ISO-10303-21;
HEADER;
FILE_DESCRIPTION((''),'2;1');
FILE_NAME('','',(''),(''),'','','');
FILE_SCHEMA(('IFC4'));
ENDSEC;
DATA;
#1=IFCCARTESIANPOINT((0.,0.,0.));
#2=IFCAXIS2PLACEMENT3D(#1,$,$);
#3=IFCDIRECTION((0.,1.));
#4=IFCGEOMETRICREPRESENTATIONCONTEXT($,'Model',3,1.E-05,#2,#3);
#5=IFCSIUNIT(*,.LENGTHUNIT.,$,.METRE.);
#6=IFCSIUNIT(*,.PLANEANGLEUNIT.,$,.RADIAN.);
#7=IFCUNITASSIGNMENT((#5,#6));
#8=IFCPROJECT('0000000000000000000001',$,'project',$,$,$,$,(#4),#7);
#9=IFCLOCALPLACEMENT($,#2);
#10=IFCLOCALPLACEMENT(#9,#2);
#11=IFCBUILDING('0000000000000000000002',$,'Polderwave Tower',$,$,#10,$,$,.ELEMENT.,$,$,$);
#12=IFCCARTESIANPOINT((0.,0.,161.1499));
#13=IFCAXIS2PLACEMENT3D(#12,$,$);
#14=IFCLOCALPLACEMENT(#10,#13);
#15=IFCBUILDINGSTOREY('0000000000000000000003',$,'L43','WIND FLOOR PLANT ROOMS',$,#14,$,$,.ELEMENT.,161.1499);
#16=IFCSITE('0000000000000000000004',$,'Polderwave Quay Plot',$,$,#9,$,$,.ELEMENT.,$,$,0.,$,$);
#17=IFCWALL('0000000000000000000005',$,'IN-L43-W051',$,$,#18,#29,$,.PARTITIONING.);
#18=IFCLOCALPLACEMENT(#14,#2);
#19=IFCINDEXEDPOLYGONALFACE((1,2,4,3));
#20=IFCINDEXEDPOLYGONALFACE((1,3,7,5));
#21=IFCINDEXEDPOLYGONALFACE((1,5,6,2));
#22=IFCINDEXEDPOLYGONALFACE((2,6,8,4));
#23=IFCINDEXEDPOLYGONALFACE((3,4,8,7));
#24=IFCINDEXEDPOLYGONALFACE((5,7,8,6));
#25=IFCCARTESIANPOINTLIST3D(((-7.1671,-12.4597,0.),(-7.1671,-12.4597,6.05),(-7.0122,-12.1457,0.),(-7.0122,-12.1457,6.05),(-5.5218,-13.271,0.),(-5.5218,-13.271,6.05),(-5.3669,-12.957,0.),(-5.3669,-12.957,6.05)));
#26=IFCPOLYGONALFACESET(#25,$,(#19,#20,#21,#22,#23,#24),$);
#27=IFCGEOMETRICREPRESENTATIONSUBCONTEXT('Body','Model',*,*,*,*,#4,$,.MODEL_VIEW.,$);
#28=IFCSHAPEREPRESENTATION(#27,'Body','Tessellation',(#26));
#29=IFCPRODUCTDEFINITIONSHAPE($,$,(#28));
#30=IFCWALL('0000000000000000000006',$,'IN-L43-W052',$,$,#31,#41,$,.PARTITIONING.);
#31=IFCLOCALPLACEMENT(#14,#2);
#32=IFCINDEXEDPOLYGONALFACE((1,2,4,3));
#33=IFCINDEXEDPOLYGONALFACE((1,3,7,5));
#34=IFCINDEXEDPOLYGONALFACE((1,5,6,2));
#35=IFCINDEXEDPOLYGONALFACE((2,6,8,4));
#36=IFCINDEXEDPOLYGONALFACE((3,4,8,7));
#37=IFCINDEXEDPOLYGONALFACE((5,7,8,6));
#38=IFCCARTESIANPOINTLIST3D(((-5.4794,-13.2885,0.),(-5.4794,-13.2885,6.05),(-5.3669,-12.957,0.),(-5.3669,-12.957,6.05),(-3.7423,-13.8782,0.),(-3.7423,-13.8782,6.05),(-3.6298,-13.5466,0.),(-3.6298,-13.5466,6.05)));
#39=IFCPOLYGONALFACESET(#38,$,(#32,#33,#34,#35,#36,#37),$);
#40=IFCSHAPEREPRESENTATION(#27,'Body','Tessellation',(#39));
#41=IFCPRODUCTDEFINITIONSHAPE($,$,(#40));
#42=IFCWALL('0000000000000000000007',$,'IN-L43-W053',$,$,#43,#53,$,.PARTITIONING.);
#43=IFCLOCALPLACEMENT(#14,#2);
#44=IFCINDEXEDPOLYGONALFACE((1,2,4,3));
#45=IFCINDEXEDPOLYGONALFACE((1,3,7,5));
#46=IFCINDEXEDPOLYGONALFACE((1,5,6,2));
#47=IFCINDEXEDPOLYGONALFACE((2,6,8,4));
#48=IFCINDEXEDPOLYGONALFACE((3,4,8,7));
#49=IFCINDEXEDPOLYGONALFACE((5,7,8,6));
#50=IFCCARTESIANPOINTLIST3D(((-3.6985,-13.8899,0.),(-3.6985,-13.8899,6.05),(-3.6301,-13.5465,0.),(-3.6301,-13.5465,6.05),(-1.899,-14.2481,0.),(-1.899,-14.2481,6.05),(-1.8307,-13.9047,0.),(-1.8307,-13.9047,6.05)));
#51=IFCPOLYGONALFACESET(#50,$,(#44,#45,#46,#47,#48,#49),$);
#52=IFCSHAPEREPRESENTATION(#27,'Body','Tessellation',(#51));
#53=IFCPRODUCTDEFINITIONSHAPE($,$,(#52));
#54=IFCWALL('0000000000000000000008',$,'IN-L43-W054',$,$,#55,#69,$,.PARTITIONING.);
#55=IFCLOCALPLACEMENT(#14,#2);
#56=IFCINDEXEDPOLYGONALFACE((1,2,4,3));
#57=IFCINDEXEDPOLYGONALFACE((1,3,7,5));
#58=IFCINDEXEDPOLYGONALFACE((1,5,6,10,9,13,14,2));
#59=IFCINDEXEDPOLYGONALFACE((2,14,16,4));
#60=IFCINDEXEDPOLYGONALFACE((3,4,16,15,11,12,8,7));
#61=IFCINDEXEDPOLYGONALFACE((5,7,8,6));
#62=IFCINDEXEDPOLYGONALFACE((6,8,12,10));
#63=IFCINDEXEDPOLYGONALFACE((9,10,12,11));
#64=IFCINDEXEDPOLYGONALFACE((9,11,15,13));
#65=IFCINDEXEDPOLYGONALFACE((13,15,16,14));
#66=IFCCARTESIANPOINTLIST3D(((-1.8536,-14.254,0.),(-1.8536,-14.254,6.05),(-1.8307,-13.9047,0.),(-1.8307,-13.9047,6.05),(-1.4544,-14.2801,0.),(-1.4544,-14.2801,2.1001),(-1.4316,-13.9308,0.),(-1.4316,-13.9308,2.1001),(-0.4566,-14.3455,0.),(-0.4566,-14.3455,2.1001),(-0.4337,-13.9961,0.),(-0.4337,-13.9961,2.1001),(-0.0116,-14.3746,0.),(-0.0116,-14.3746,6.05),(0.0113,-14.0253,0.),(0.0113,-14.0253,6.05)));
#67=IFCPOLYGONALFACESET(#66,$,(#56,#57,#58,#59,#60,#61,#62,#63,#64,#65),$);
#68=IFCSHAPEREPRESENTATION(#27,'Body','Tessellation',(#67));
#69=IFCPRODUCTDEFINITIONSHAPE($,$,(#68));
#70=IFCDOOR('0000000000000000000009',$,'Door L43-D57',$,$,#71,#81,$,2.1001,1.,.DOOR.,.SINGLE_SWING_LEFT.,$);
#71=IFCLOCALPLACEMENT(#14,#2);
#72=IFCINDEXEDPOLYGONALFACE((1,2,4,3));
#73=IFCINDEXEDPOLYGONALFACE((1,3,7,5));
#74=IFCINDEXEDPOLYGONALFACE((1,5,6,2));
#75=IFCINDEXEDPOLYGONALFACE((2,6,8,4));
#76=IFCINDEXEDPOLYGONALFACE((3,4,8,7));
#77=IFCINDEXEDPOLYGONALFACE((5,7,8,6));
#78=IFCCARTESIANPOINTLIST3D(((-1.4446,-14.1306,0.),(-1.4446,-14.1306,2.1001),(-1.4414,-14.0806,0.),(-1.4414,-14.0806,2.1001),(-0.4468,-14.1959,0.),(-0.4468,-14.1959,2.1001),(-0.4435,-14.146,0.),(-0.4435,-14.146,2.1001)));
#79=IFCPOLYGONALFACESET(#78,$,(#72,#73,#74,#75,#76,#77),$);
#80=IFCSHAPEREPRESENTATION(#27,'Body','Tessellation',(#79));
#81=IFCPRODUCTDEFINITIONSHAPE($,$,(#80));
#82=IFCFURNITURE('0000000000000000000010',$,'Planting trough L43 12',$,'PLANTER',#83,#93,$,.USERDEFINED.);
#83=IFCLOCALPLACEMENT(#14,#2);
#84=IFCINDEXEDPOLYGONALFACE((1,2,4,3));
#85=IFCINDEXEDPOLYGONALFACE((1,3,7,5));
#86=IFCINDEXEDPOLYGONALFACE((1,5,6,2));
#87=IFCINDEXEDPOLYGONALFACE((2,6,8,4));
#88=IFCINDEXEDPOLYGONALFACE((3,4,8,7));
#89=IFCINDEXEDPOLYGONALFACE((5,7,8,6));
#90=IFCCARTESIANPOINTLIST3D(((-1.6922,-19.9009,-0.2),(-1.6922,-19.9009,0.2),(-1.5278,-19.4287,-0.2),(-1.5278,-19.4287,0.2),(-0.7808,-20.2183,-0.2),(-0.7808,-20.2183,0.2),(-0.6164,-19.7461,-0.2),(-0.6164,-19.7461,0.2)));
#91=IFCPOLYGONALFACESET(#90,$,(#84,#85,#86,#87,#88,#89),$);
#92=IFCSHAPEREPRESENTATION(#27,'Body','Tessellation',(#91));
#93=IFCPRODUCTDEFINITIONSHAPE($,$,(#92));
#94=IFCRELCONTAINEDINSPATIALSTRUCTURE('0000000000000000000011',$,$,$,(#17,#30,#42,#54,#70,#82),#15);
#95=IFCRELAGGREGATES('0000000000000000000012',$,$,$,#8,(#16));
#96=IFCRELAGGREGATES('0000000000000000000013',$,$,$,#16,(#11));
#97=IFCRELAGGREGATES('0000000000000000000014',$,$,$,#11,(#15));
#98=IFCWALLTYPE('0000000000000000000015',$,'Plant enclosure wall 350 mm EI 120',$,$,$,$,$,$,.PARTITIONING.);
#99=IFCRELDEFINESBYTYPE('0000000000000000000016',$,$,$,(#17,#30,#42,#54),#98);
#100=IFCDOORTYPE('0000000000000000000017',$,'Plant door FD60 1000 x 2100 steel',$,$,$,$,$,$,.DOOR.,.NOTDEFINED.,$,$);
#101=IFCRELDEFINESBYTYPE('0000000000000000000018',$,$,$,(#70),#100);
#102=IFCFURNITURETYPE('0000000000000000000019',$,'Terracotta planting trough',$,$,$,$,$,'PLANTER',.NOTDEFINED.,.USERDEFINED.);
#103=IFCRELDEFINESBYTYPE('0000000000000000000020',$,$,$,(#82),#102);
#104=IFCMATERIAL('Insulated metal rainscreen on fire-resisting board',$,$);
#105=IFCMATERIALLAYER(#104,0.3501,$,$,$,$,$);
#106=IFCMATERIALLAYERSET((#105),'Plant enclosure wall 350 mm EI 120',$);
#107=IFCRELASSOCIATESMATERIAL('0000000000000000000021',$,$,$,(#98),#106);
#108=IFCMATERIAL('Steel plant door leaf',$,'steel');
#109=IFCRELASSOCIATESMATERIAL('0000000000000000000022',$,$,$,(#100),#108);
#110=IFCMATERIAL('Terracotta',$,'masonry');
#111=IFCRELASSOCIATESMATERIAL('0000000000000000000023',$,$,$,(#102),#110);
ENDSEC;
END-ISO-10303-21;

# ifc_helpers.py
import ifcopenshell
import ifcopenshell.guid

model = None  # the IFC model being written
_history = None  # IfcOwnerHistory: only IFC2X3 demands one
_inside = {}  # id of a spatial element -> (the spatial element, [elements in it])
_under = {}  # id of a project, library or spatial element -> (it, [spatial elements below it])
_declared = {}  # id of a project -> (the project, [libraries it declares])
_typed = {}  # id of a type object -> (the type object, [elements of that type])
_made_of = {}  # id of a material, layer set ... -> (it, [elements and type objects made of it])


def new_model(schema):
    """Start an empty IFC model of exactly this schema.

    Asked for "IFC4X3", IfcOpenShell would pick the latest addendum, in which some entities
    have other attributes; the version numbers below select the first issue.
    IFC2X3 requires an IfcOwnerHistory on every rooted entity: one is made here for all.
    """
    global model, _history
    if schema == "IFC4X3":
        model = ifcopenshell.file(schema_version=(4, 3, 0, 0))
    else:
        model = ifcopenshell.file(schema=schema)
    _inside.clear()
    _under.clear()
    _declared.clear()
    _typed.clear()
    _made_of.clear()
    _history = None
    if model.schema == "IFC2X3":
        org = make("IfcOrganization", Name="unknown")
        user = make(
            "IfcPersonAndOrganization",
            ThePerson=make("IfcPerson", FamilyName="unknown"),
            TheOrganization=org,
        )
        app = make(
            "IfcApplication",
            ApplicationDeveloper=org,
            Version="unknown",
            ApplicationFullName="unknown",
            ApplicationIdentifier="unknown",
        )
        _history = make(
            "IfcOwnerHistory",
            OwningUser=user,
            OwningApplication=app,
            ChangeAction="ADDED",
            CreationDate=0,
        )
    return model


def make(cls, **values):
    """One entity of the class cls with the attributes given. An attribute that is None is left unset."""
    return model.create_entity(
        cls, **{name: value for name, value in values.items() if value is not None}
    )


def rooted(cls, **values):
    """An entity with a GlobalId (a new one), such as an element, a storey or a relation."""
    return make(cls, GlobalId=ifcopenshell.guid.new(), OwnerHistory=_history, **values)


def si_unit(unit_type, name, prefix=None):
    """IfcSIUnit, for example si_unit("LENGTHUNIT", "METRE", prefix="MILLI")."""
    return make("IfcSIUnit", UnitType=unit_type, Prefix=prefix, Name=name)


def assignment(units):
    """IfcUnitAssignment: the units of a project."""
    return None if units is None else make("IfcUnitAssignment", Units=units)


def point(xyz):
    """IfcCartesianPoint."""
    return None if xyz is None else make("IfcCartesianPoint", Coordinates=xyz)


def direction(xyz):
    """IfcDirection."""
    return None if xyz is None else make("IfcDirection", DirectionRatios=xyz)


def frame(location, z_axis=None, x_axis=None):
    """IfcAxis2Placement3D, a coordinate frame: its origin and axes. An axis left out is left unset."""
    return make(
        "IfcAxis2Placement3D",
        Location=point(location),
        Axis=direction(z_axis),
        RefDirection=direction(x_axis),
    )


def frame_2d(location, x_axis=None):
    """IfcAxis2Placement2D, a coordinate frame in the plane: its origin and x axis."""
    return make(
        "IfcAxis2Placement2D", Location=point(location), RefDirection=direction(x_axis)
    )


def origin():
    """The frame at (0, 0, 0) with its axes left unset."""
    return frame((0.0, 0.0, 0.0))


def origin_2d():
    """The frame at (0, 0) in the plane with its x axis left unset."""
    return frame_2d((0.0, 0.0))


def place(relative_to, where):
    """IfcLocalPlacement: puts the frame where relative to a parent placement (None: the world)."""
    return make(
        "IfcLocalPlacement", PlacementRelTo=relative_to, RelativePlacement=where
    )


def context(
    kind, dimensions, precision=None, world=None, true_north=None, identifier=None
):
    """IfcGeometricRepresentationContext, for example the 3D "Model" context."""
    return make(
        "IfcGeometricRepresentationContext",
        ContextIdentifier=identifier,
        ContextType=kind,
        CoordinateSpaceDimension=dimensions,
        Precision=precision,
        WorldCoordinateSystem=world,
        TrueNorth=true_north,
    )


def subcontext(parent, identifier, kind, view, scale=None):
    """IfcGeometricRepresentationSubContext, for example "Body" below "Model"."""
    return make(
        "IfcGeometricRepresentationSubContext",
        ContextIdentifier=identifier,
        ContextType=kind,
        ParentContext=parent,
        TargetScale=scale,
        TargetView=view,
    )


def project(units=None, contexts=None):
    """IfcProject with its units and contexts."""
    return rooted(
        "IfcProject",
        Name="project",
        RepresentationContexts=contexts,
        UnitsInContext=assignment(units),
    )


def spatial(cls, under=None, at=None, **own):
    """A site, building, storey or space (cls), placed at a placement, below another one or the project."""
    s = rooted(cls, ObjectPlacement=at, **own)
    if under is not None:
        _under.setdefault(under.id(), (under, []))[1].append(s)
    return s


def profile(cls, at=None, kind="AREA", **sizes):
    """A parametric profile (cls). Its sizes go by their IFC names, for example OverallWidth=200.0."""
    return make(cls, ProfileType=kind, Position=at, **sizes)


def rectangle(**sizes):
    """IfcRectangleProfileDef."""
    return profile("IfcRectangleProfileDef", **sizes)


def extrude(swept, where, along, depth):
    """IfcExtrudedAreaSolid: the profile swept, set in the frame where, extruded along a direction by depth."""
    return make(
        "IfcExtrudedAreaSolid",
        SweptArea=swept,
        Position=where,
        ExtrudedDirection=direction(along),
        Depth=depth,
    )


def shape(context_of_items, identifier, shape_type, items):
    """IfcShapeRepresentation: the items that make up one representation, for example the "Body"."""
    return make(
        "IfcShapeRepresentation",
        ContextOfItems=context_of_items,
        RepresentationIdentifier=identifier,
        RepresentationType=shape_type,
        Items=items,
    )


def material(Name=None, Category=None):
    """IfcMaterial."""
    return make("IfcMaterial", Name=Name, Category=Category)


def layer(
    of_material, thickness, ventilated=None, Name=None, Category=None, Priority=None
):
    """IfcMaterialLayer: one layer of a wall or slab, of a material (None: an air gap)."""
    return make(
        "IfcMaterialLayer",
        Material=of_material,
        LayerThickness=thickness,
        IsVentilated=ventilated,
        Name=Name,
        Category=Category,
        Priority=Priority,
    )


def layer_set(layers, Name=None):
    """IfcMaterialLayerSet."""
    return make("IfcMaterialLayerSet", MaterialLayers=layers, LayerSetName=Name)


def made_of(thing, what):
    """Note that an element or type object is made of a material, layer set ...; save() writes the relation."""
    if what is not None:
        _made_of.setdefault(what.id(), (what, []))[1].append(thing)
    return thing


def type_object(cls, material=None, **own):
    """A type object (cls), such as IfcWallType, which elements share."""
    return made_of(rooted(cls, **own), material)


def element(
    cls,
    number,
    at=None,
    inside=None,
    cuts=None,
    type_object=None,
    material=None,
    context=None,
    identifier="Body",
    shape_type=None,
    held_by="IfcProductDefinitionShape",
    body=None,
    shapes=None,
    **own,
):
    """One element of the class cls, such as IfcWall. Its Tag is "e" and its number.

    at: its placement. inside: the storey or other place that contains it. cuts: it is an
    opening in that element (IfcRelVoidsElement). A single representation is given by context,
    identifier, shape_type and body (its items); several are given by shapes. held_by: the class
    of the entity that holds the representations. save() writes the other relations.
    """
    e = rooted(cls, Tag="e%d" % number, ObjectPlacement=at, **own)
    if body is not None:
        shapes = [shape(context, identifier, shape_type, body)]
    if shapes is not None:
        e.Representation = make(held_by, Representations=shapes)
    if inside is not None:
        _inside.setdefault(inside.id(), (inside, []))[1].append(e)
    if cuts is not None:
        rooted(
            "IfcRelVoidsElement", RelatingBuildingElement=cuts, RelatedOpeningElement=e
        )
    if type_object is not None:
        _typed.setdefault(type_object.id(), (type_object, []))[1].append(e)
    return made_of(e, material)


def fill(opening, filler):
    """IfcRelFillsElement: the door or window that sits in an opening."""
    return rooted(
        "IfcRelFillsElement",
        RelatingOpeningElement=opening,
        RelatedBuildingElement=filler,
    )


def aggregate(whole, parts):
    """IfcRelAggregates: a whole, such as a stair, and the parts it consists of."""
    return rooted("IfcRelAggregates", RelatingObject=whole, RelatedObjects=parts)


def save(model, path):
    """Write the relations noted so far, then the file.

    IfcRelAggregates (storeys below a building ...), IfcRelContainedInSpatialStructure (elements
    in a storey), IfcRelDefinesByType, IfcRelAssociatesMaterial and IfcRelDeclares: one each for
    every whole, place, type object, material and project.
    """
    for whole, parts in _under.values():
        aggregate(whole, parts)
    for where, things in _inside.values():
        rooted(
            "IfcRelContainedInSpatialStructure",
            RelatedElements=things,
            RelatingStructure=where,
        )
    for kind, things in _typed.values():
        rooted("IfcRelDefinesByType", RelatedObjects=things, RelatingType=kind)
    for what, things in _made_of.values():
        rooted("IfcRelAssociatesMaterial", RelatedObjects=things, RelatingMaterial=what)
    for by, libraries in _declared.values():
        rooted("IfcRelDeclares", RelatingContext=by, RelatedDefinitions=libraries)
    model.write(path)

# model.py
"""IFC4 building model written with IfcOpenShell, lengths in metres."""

from ifc_helpers import new_model, si_unit, direction, frame, frame_2d, origin, origin_2d, place, context, subcontext, project, spatial, rectangle, extrude, material, layer, layer_set, type_object, element, fill, save


model = new_model("IFC4")

# Units and contexts
model_context = context("Model", 3, precision=1e-05, world=origin(), true_north=direction((0.0, 1.0)))
body_context = subcontext(model_context, "Body", "Model", "MODEL_VIEW")
ifc_project = project(units=[si_unit("LENGTHUNIT", "METRE"), si_unit("PLANEANGLEUNIT", "RADIAN")], contexts=[model_context])

# Site, building, storey
site_placement = place(None, origin())
site = spatial("IfcSite", under=ifc_project, at=site_placement, Name="Polderwave Quay Plot", CompositionType="ELEMENT", RefElevation=0.0)
building_placement = place(site_placement, origin())
building = spatial("IfcBuilding", under=site, at=building_placement, Name="Polderwave Tower", CompositionType="ELEMENT")
storey_placement = place(building_placement, frame((0.0, 0.0, 161.1499)))
storey = spatial("IfcBuildingStorey", under=building, at=storey_placement, Name="L43", Description="WIND FLOOR PLANT ROOMS", CompositionType="ELEMENT", Elevation=161.1499)

# Walls
ifc_material_1 = material(Name="Insulated metal rainscreen on fire-resisting board")
ifc_layer_1 = layer(ifc_material_1, 0.3501)
ifc_layer_set_1 = layer_set([ifc_layer_1], Name="Plant enclosure wall 350 mm EI 120")
wall_type = type_object("IfcWallType", Name="Plant enclosure wall 350 mm EI 120", PredefinedType="PARTITIONING", material=ifc_layer_set_1)
for number, where, z_axis, x_axis, name in (
    (1, (-5.4443, -13.114, 0.0), (0.0, 0.0, 1.0), (-0.896889, 0.442256, 0.0), "IN-L43-W051"),
    (2, (-3.686, -13.7124, 0.0), (0.0, 0.0, 1.0), (-0.946939, 0.321414, 0.0), "IN-L43-W052"),
):
    element("IfcWall", number, at=place(storey_placement, frame(where, z_axis=z_axis, x_axis=x_axis)), inside=storey, type_object=wall_type, Name=name, PredefinedType="PARTITIONING", context=body_context, shape_type="SweptSolid", body=[
        extrude(rectangle(XDim=1.8345, YDim=0.3501, at=frame_2d((0.9172, 0.0))), origin(), (0.0, 0.0, 1.0), 6.05),
    ])
wall_1_placement = place(storey_placement, frame((-1.8647, -14.0764, 0.0), z_axis=(0.0, 0.0, 1.0), x_axis=(-0.980759, 0.19522, 0.0)))
element("IfcWall", 3, at=wall_1_placement, inside=storey, type_object=wall_type, Name="IN-L43-W053", PredefinedType="PARTITIONING", context=body_context, shape_type="SweptSolid", body=[
    extrude(rectangle(XDim=1.8347, YDim=0.3501, at=frame_2d((0.9175, 0.0))), origin(), (0.0, 0.0, 1.0), 6.05),
])

# Wall, opening, door
wall_2_placement = place(storey_placement, frame((-1.842, -14.0793, 0.0), z_axis=(0.0, 0.0, 1.0), x_axis=(0.997863, -0.065334, 0.0)))
wall_2 = element("IfcWall", 4, at=wall_2_placement, inside=storey, type_object=wall_type, Name="IN-L43-W054", PredefinedType="PARTITIONING", context=body_context, shape_type="SweptSolid", body=[
    extrude(rectangle(XDim=1.8459, YDim=0.3501, at=frame_2d((0.9229, 0.0))), origin(), (0.0, 0.0, 1.0), 6.05),
])
opening_placement = place(wall_2_placement, frame((0.3999, 0.0, 0.0)))
opening = element("IfcOpeningElement", 5, at=opening_placement, cuts=wall_2, PredefinedType="OPENING", context=body_context, shape_type="SweptSolid", body=[
    extrude(rectangle(XDim=1.0, YDim=2.1001, at=frame_2d((0.5, 1.05))), frame((0.0, 0.1851, 0.0), z_axis=(0.0, -1.0, 0.0), x_axis=(1.0, 0.0, 0.0)), (0.0, 0.0, 1.0), 0.3701),
])
ifc_material_2 = material(Name="Steel plant door leaf", Category="steel")
door_type = type_object("IfcDoorType", Name="Plant door FD60 1000 x 2100 steel", OperationType="NOTDEFINED", PredefinedType="DOOR", material=ifc_material_2)
door_placement = place(opening_placement, origin())
door = element("IfcDoor", 6, at=door_placement, inside=storey, type_object=door_type, Name="Door L43-D57", OperationType="SINGLE_SWING_LEFT", OverallHeight=2.1001, OverallWidth=1.0, PredefinedType="DOOR", context=body_context, shape_type="SweptSolid", body=[
    extrude(rectangle(XDim=1.0, YDim=2.1001, at=frame_2d((0.5, 1.05))), frame((0.0, 0.0249, 0.0), z_axis=(0.0, -1.0, 0.0), x_axis=(1.0, 0.0, 0.0)), (0.0, 0.0, 1.0), 0.05),
])
fill(opening, door)

# Furniture
ifc_material_3 = material(Name="Terracotta", Category="masonry")
furniture_type = type_object("IfcFurnitureType", Name="Terracotta planting trough", ElementType="PLANTER", AssemblyPlace="NOTDEFINED", PredefinedType="USERDEFINED", material=ifc_material_3)
furniture_placement = place(storey_placement, frame((-1.1543, -19.8235, -0.2), z_axis=(0.0, 0.0, 1.0), x_axis=(0.944388, -0.328832, 0.0)))
element("IfcFurniture", 7, at=furniture_placement, inside=storey, type_object=furniture_type, Name="Planting trough L43 12", ObjectType="PLANTER", PredefinedType="USERDEFINED", context=body_context, shape_type="SweptSolid", body=[
    extrude(rectangle(XDim=0.9651, YDim=0.5, at=origin_2d()), origin(), (0.0, 0.0, 1.0), 0.3999),
])

save(model, "model.ifc")
